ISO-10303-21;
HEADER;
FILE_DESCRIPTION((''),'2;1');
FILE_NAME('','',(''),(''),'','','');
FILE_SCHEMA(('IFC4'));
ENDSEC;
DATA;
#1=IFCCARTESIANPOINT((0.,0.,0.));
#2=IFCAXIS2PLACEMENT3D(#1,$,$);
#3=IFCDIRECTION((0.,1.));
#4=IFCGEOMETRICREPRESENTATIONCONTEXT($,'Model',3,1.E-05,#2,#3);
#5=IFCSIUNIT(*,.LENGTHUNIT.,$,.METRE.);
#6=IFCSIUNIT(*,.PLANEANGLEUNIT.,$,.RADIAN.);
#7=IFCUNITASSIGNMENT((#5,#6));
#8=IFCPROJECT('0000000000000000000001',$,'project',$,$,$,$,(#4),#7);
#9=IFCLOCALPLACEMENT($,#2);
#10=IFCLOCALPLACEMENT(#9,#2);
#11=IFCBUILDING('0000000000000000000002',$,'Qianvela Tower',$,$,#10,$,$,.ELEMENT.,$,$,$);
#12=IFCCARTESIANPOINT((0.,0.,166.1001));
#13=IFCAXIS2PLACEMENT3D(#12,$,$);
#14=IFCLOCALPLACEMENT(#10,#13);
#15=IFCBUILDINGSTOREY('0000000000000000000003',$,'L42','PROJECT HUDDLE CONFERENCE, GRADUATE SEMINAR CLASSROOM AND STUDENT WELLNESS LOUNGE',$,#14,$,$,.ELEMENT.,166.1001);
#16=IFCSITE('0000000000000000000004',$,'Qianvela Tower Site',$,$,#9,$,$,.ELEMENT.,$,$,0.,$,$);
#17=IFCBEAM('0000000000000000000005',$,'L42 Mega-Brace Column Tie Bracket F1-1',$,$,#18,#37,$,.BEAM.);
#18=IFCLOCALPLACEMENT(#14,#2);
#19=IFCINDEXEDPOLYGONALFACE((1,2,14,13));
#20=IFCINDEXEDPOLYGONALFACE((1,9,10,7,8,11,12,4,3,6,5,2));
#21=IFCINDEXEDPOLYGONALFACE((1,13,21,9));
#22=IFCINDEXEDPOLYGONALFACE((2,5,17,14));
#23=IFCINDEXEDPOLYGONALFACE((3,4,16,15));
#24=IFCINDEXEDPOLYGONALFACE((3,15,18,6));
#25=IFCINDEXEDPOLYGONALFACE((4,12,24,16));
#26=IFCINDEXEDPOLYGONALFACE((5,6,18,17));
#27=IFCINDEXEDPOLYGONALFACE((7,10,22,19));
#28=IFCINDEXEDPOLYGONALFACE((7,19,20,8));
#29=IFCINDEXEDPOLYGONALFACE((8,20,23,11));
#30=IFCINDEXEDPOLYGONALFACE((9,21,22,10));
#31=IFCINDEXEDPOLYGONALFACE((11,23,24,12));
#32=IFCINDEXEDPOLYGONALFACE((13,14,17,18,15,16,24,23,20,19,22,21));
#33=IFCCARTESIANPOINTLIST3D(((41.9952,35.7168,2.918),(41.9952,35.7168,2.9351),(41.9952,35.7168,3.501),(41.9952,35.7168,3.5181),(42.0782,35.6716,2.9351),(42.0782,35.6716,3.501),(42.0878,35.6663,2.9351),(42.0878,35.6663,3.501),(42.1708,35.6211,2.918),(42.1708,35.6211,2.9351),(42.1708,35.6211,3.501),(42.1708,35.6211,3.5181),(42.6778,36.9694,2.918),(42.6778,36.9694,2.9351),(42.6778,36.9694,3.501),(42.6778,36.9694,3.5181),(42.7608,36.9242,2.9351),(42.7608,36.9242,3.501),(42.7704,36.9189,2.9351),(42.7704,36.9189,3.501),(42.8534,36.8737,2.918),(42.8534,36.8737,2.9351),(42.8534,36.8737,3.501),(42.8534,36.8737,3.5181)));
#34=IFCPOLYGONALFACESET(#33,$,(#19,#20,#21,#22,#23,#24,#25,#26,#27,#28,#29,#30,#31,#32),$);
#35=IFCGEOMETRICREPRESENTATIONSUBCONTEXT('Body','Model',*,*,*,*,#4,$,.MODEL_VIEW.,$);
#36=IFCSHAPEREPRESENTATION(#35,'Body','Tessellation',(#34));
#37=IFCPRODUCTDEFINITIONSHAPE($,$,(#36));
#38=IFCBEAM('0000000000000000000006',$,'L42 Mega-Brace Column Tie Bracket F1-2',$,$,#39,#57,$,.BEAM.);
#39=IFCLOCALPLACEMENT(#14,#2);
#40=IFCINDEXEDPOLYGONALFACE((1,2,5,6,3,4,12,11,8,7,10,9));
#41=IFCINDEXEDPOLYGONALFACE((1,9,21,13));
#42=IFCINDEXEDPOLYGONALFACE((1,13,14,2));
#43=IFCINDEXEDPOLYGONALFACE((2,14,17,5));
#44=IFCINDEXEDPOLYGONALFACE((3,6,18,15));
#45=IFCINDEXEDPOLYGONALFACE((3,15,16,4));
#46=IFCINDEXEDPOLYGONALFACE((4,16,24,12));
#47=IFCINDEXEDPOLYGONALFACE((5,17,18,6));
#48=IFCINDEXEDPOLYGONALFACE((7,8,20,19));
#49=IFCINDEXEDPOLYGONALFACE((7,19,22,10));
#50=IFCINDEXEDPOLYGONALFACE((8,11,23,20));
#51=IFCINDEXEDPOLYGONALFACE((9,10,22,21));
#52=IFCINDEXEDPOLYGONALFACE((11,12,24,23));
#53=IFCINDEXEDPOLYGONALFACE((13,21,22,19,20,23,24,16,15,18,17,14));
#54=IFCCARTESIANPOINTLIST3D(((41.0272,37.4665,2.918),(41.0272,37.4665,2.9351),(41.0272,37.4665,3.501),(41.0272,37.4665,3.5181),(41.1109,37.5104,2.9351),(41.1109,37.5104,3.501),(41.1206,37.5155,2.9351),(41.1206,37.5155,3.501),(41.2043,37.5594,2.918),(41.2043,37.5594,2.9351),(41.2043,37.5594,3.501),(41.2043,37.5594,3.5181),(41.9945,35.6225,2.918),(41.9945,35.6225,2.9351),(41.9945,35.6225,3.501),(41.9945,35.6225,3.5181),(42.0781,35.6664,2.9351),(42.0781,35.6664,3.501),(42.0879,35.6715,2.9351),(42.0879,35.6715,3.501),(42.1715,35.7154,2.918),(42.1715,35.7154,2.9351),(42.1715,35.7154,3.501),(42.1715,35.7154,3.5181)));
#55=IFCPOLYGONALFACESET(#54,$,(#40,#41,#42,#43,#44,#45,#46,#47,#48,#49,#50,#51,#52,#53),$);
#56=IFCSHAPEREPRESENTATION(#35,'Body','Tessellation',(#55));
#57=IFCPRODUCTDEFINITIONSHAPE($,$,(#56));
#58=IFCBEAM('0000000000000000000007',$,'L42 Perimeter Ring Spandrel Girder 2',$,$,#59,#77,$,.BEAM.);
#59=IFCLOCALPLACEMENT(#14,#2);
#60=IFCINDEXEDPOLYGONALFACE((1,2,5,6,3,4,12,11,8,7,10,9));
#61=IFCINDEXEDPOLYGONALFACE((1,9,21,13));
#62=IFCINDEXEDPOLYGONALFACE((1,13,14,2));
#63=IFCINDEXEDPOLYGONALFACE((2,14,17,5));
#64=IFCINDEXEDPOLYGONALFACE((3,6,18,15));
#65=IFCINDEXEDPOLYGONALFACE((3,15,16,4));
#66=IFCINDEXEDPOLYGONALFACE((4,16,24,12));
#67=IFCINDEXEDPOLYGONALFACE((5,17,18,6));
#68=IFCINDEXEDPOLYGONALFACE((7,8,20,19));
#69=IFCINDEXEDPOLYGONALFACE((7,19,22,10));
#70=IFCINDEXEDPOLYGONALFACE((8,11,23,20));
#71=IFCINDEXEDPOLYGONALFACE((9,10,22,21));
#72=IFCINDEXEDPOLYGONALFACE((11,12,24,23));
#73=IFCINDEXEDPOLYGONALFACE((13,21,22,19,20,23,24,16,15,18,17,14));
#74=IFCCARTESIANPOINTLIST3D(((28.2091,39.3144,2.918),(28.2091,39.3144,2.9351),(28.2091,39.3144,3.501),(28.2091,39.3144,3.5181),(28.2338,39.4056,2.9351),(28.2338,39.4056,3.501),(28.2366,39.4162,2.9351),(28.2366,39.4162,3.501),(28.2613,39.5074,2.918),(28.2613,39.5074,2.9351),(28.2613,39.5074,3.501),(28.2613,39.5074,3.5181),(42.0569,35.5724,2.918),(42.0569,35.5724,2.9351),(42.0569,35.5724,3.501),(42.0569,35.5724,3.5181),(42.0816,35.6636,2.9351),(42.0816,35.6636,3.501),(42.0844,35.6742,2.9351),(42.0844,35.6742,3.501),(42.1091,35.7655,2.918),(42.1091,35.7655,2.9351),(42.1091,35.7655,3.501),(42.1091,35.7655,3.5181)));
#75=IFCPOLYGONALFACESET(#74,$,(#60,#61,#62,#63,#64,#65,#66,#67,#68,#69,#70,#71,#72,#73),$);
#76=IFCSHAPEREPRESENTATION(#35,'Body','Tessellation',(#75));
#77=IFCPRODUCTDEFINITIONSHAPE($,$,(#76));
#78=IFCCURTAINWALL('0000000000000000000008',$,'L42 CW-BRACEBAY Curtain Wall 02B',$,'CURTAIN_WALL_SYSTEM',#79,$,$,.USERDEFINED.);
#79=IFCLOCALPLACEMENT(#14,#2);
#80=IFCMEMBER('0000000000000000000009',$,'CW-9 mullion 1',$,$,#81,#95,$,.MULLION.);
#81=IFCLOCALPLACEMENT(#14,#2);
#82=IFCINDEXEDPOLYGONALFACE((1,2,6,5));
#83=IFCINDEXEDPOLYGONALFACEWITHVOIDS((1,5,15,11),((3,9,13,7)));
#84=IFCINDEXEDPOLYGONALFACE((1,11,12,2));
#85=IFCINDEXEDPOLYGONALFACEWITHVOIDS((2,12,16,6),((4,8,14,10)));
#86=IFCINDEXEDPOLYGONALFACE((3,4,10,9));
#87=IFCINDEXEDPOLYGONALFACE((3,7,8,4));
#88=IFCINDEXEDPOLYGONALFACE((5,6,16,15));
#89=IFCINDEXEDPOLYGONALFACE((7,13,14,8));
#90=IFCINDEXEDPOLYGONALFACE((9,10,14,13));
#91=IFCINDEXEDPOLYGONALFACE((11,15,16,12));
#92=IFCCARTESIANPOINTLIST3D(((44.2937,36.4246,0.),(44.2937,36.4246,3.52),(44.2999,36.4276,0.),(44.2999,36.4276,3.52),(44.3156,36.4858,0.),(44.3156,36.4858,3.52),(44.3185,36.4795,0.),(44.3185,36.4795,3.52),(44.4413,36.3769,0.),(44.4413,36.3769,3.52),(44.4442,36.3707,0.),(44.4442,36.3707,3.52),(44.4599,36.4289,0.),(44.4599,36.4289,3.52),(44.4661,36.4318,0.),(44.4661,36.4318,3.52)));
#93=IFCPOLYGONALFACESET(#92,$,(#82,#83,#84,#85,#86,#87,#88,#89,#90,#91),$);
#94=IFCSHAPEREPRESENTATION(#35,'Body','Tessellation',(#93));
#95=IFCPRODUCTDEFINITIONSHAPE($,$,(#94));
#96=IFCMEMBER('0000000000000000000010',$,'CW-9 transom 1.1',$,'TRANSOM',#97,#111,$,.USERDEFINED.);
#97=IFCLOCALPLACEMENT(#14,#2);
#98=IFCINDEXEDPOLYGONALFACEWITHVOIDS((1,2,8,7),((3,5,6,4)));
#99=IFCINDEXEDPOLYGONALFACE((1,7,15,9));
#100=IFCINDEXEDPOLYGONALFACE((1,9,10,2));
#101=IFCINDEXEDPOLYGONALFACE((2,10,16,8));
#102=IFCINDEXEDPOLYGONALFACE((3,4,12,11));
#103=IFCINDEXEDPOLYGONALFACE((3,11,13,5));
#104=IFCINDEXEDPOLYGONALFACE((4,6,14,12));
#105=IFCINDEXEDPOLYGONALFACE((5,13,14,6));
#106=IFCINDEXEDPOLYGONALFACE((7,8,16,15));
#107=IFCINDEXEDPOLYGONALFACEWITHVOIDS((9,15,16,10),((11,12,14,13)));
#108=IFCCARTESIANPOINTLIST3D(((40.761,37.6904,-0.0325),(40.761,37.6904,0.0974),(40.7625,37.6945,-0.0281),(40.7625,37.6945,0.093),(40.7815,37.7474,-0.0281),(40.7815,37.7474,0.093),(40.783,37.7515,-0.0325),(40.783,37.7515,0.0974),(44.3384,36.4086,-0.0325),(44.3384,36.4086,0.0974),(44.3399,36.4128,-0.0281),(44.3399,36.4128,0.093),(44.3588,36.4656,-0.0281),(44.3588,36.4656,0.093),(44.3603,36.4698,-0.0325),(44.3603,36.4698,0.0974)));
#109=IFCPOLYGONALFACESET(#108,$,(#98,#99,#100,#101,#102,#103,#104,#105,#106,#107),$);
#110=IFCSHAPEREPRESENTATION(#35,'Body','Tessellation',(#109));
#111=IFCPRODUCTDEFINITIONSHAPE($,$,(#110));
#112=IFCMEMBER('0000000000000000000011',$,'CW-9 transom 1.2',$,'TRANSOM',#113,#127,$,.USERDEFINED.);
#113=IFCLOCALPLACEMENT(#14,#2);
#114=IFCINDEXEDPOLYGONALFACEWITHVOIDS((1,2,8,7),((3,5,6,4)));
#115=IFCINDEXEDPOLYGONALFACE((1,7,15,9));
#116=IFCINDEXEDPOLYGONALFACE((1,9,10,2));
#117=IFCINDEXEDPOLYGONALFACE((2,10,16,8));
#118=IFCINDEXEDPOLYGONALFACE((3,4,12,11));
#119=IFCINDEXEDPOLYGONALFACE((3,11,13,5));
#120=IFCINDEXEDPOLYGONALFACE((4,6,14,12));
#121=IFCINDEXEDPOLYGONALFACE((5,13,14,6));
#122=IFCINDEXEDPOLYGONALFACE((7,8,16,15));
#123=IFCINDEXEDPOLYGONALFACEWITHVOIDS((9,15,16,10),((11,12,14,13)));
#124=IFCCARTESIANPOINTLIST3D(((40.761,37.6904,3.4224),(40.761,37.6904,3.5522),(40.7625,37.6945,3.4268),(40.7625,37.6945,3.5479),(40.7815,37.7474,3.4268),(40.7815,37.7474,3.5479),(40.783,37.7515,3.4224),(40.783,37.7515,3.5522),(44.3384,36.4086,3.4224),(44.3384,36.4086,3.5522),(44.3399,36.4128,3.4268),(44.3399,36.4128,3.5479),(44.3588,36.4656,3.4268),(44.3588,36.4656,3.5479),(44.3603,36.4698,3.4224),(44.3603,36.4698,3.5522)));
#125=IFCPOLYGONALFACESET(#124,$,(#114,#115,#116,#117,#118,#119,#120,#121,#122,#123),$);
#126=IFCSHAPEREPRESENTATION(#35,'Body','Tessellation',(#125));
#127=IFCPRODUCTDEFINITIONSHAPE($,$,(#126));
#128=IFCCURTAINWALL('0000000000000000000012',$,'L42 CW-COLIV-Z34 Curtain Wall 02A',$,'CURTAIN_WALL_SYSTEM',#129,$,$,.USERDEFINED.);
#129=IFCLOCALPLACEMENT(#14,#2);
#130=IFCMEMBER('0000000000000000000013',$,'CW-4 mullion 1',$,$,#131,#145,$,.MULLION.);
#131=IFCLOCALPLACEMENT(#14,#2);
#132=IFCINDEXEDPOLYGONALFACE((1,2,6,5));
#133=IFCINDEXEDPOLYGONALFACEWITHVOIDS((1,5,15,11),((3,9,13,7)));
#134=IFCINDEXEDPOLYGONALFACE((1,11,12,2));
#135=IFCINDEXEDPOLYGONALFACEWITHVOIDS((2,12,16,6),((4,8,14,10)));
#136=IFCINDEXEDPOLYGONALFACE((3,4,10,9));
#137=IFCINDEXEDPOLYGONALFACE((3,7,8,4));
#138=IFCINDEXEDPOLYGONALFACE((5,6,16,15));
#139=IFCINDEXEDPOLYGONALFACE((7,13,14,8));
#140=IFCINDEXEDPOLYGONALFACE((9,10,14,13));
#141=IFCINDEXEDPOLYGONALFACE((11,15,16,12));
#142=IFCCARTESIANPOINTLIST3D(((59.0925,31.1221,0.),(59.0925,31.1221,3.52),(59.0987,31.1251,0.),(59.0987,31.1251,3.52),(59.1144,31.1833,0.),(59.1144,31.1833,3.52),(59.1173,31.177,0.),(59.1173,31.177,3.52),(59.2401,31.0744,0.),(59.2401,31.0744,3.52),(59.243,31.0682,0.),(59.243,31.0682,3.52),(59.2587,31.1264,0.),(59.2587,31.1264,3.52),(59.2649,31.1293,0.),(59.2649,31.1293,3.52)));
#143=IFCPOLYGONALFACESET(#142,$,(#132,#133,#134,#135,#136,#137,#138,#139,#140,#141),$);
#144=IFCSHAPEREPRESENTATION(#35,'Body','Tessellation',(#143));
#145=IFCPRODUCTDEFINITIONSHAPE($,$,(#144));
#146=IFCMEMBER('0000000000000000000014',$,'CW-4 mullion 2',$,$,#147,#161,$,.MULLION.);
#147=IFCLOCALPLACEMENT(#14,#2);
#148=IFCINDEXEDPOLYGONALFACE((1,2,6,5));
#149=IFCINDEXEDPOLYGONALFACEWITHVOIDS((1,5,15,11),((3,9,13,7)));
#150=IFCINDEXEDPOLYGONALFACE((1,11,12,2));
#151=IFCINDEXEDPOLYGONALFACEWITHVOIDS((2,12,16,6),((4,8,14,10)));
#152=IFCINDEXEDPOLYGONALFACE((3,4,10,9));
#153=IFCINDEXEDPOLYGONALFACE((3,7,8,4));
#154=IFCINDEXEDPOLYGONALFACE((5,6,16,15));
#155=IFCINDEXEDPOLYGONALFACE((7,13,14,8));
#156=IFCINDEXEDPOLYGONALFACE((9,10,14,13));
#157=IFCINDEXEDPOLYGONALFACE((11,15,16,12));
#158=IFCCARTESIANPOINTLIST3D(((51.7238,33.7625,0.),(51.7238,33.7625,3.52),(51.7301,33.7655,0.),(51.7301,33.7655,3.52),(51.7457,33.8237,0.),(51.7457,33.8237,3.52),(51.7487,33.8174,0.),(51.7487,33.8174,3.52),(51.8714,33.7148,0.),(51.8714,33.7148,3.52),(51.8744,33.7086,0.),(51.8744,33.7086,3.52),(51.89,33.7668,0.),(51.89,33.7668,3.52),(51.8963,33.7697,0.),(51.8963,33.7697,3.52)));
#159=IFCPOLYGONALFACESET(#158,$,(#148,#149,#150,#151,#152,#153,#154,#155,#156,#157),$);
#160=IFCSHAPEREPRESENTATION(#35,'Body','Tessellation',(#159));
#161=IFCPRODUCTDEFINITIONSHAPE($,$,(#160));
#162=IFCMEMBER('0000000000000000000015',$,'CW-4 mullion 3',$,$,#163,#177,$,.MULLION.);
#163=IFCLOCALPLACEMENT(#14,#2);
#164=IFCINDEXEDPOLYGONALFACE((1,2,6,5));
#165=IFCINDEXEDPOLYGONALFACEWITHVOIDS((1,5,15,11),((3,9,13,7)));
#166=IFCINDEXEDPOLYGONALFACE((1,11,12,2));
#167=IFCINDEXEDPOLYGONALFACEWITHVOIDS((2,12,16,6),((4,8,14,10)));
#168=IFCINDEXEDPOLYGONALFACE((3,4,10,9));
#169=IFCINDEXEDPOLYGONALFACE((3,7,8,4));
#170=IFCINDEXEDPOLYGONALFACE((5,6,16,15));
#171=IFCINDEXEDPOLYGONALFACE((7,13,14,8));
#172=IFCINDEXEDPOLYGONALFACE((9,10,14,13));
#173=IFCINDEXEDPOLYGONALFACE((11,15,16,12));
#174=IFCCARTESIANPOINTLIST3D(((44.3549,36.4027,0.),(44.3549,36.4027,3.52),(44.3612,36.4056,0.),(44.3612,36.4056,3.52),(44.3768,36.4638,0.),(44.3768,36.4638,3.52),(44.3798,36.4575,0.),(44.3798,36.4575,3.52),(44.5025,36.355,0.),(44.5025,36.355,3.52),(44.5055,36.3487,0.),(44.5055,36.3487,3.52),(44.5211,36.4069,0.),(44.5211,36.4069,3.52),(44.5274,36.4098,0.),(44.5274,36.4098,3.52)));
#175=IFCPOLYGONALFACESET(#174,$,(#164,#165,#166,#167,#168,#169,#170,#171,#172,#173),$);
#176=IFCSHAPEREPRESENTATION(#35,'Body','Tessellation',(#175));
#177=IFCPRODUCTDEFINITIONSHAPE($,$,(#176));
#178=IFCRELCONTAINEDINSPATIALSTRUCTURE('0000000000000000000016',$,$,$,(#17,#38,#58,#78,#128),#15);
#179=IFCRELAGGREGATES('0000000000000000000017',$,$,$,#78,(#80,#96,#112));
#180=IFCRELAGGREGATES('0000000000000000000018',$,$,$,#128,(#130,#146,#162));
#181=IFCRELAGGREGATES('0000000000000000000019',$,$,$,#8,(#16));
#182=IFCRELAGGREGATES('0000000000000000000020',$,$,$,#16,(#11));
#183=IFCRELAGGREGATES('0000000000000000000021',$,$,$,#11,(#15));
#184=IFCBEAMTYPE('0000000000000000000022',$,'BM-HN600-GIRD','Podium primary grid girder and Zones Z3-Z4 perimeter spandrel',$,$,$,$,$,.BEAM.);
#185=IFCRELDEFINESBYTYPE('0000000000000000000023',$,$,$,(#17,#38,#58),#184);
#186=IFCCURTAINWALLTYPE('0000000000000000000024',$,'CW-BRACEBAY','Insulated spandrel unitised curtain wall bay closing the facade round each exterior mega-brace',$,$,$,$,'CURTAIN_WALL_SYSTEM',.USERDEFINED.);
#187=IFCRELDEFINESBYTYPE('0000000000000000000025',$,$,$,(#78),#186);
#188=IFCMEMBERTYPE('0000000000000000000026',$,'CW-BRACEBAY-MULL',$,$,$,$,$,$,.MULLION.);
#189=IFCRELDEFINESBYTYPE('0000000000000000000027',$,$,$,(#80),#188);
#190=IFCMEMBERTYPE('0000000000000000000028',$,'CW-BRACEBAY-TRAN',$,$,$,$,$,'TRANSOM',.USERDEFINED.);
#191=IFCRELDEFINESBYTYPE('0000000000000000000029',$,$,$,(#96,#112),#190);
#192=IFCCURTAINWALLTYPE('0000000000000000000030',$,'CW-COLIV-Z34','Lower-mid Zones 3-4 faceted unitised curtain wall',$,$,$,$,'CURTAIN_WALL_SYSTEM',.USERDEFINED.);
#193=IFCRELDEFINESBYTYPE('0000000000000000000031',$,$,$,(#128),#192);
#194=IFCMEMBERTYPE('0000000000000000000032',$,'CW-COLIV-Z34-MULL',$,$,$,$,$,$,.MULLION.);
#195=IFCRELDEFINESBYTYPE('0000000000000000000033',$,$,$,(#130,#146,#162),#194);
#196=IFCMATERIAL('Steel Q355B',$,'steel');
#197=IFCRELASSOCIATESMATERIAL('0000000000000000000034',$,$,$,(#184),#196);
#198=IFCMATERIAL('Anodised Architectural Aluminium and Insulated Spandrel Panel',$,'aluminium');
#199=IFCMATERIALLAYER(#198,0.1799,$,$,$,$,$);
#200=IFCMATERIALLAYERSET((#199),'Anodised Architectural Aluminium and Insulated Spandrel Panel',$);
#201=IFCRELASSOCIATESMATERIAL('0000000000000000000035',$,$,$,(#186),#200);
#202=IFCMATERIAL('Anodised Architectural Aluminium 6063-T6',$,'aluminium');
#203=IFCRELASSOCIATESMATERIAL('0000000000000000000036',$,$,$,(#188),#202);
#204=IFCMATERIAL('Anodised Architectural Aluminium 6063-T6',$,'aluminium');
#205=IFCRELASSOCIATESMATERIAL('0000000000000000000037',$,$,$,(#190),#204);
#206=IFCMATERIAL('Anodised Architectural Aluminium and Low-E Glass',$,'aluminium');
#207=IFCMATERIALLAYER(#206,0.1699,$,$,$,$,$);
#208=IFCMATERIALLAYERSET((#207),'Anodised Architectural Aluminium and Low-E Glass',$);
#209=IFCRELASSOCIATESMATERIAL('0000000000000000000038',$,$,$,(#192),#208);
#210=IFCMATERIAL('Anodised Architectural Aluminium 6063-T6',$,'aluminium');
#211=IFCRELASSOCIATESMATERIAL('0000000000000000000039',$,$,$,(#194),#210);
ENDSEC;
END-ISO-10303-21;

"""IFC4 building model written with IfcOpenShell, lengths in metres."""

from ifc_helpers import new_model, si_unit, direction, frame, origin, origin_2d, place, context, subcontext, project, spatial, hollow_rectangle, i_section, extrude, material, layer, layer_set, material_profile, profile_set, type_object, element, aggregate, save


model = new_model("IFC4")

# Units and contexts
model_context = context("Model", 3, precision=1e-05, world=origin(), true_north=direction((0.0, 1.0)))
body_context = subcontext(model_context, "Body", "Model", "MODEL_VIEW")
ifc_project = project(units=[si_unit("LENGTHUNIT", "METRE"), si_unit("PLANEANGLEUNIT", "RADIAN")], contexts=[model_context])

# Site, building, storey
site_placement = place(None, origin())
site = spatial("IfcSite", under=ifc_project, at=site_placement, Name="Qianvela Tower Site", CompositionType="ELEMENT", RefElevation=0.0)
building_placement = place(site_placement, origin())
building = spatial("IfcBuilding", under=site, at=building_placement, Name="Qianvela Tower", CompositionType="ELEMENT")
storey_placement = place(building_placement, frame((0.0, 0.0, 166.1001)))
storey = spatial("IfcBuildingStorey", under=building, at=storey_placement, Name="L42", Description="PROJECT HUDDLE CONFERENCE, GRADUATE SEMINAR CLASSROOM AND STUDENT WELLNESS LOUNGE", CompositionType="ELEMENT", Elevation=166.1001)

# Beams
ifc_material_1 = material(Name="Steel Q355B", Category="steel")
ifc_material_profile_1 = material_profile(ifc_material_1, i_section(OverallWidth=0.2, OverallDepth=0.6001, WebThickness=0.011, FlangeThickness=0.0171, at=origin_2d()), Name="HN600x200x11x17")
ifc_profile_set_1 = profile_set([ifc_material_profile_1], Name="Steel Q355B")
beam_type = type_object("IfcBeamType", Name="BM-HN600-GIRD", Description="Podium primary grid girder and Zones Z3-Z4 perimeter spandrel", PredefinedType="BEAM", material=ifc_profile_set_1)
beam_1_placement = place(storey_placement, frame((42.083, 35.6689, 3.218), z_axis=(0.478492, 0.878092, 0.0), x_axis=(-0.878092, 0.478492, 0.0)))
element("IfcBeam", 1, at=beam_1_placement, inside=storey, type_object=beam_type, Name="L42 Mega-Brace Column Tie Bracket F1-1", PredefinedType="BEAM", context=body_context, shape_type="SweptSolid", body=[
    extrude(i_section(OverallWidth=0.2, OverallDepth=0.6001, WebThickness=0.011, FlangeThickness=0.0171, at=origin_2d()), origin(), (0.0, 0.0, 1.0), 1.4265),
])
beam_2_placement = place(storey_placement, frame((42.083, 35.6689, 3.218), z_axis=(-0.464528, 0.885558, 0.0), x_axis=(-0.885558, -0.464528, 0.0)))
element("IfcBeam", 2, at=beam_2_placement, inside=storey, type_object=beam_type, Name="L42 Mega-Brace Column Tie Bracket F1-2", PredefinedType="BEAM", context=body_context, shape_type="SweptSolid", body=[
    extrude(i_section(OverallWidth=0.2, OverallDepth=0.6001, WebThickness=0.011, FlangeThickness=0.0171, at=origin_2d()), origin(), (0.0, 0.0, 1.0), 2.0823),
])
beam_3_placement = place(storey_placement, frame((42.083, 35.6689, 3.218), z_axis=(-0.965376, 0.260861, 0.0), x_axis=(-0.260861, -0.965376, 0.0)))
element("IfcBeam", 3, at=beam_3_placement, inside=storey, type_object=beam_type, Name="L42 Perimeter Ring Spandrel Girder 2", PredefinedType="BEAM", context=body_context, shape_type="SweptSolid", body=[
    extrude(i_section(OverallWidth=0.2, OverallDepth=0.6001, WebThickness=0.011, FlangeThickness=0.0171, at=origin_2d()), origin(), (0.0, 0.0, 1.0), 14.3445),
])

# Curtain walls, members
ifc_material_2 = material(Name="Anodised Architectural Aluminium and Insulated Spandrel Panel", Category="aluminium")
ifc_layer_1 = layer(ifc_material_2, 0.1799)
ifc_layer_set_1 = layer_set([ifc_layer_1], Name="Anodised Architectural Aluminium and Insulated Spandrel Panel")
curtain_wall_type_1 = type_object("IfcCurtainWallType", Name="CW-BRACEBAY", Description="Insulated spandrel unitised curtain wall bay closing the facade round each exterior mega-brace", ElementType="CURTAIN_WALL_SYSTEM", PredefinedType="USERDEFINED", material=ifc_layer_set_1)
curtain_wall_1_placement = place(storey_placement, origin())
curtain_wall_1 = element("IfcCurtainWall", 4, at=curtain_wall_1_placement, inside=storey, type_object=curtain_wall_type_1, Name="L42 CW-BRACEBAY Curtain Wall 02B", ObjectType="CURTAIN_WALL_SYSTEM", PredefinedType="USERDEFINED")
ifc_material_3 = material(Name="Anodised Architectural Aluminium 6063-T6", Category="aluminium")
ifc_material_profile_2 = material_profile(ifc_material_3, hollow_rectangle(XDim=0.0649, YDim=0.1599, WallThickness=0.0049, at=origin_2d()), Name="ALU-MULL-65x160")
ifc_profile_set_2 = profile_set([ifc_material_profile_2], Name="Anodised Architectural Aluminium 6063-T6")
member_type_1 = type_object("IfcMemberType", Name="CW-BRACEBAY-MULL", PredefinedType="MULLION", material=ifc_profile_set_2)
member_1_placement = place(storey_placement, frame((44.3799, 36.4282, 0.0), z_axis=(0.0, 0.0, 1.0), x_axis=(-0.337302, -0.941397, 0.0)))
member_1 = element("IfcMember", 5, at=member_1_placement, type_object=member_type_1, Name="CW-9 mullion 1", PredefinedType="MULLION", context=body_context, shape_type="SweptSolid", body=[
    extrude(hollow_rectangle(XDim=0.0649, YDim=0.1599, WallThickness=0.0049, at=origin_2d()), origin(), (0.0, 0.0, 1.0), 3.52),
])
ifc_material_4 = material(Name="Anodised Architectural Aluminium 6063-T6", Category="aluminium")
ifc_material_profile_3 = material_profile(ifc_material_4, hollow_rectangle(XDim=0.0649, YDim=0.1299, WallThickness=0.0044, at=origin_2d()), Name="ALU-TRAN-65x130")
ifc_profile_set_3 = profile_set([ifc_material_profile_3], Name="Anodised Architectural Aluminium 6063-T6")
member_type_2 = type_object("IfcMemberType", Name="CW-BRACEBAY-TRAN", ElementType="TRANSOM", PredefinedType="USERDEFINED", material=ifc_profile_set_3)
member_2_placement = place(storey_placement, frame((44.3494, 36.4392, 0.0325), z_axis=(-0.9414, 0.337293, 0.0), x_axis=(-0.337293, -0.9414, 0.0)))
member_2 = element("IfcMember", 6, at=member_2_placement, type_object=member_type_2, Name="CW-9 transom 1.1", ObjectType="TRANSOM", PredefinedType="USERDEFINED", context=body_context, shape_type="SweptSolid", body=[
    extrude(hollow_rectangle(XDim=0.0649, YDim=0.1299, WallThickness=0.0044, at=origin_2d()), origin(), (0.0, 0.0, 1.0), 3.8),
])
member_3_placement = place(storey_placement, frame((44.3494, 36.4392, 3.4873), z_axis=(-0.9414, 0.337293, 0.0), x_axis=(-0.337293, -0.9414, 0.0)))
member_3 = element("IfcMember", 7, at=member_3_placement, type_object=member_type_2, Name="CW-9 transom 1.2", ObjectType="TRANSOM", PredefinedType="USERDEFINED", context=body_context, shape_type="SweptSolid", body=[
    extrude(hollow_rectangle(XDim=0.0649, YDim=0.1299, WallThickness=0.0044, at=origin_2d()), origin(), (0.0, 0.0, 1.0), 3.8),
])
ifc_material_5 = material(Name="Anodised Architectural Aluminium and Low-E Glass", Category="aluminium")
ifc_layer_2 = layer(ifc_material_5, 0.1699)
ifc_layer_set_2 = layer_set([ifc_layer_2], Name="Anodised Architectural Aluminium and Low-E Glass")
curtain_wall_type_2 = type_object("IfcCurtainWallType", Name="CW-COLIV-Z34", Description="Lower-mid Zones 3-4 faceted unitised curtain wall", ElementType="CURTAIN_WALL_SYSTEM", PredefinedType="USERDEFINED", material=ifc_layer_set_2)
curtain_wall_2_placement = place(storey_placement, origin())
curtain_wall_2 = element("IfcCurtainWall", 8, at=curtain_wall_2_placement, inside=storey, type_object=curtain_wall_type_2, Name="L42 CW-COLIV-Z34 Curtain Wall 02A", ObjectType="CURTAIN_WALL_SYSTEM", PredefinedType="USERDEFINED")
ifc_material_6 = material(Name="Anodised Architectural Aluminium 6063-T6", Category="aluminium")
ifc_material_profile_4 = material_profile(ifc_material_6, hollow_rectangle(XDim=0.0649, YDim=0.1599, WallThickness=0.0049, at=origin_2d()), Name="ALU-MULL-65x160")
ifc_profile_set_4 = profile_set([ifc_material_profile_4], Name="Anodised Architectural Aluminium 6063-T6")
member_type_3 = type_object("IfcMemberType", Name="CW-COLIV-Z34-MULL", PredefinedType="MULLION", material=ifc_profile_set_4)
member_4_placement = place(storey_placement, frame((59.1787, 31.1257, 0.0), z_axis=(0.0, 0.0, 1.0), x_axis=(-0.337309, -0.941394, 0.0)))
member_4 = element("IfcMember", 9, at=member_4_placement, type_object=member_type_3, Name="CW-4 mullion 1", PredefinedType="MULLION", context=body_context, shape_type="SweptSolid", body=[
    extrude(hollow_rectangle(XDim=0.0649, YDim=0.1599, WallThickness=0.0049, at=origin_2d()), origin(), (0.0, 0.0, 1.0), 3.52),
])
member_5_placement = place(storey_placement, frame((51.8101, 33.7661, 0.0), z_axis=(0.0, 0.0, 1.0), x_axis=(-0.337309, -0.941394, 0.0)))
member_5 = element("IfcMember", 10, at=member_5_placement, type_object=member_type_3, Name="CW-4 mullion 2", PredefinedType="MULLION", context=body_context, shape_type="SweptSolid", body=[
    extrude(hollow_rectangle(XDim=0.0649, YDim=0.1599, WallThickness=0.0049, at=origin_2d()), origin(), (0.0, 0.0, 1.0), 3.52),
])
member_6_placement = place(storey_placement, frame((44.4412, 36.4062, 0.0), z_axis=(0.0, 0.0, 1.0), x_axis=(-0.337309, -0.941394, 0.0)))
member_6 = element("IfcMember", 11, at=member_6_placement, type_object=member_type_3, Name="CW-4 mullion 3", PredefinedType="MULLION", context=body_context, shape_type="SweptSolid", body=[
    extrude(hollow_rectangle(XDim=0.0649, YDim=0.1599, WallThickness=0.0049, at=origin_2d()), origin(), (0.0, 0.0, 1.0), 3.52),
])

aggregate(curtain_wall_1, [member_1, member_2, member_3])
aggregate(curtain_wall_2, [member_4, member_5, member_6])

save(model, "model.ifc")
